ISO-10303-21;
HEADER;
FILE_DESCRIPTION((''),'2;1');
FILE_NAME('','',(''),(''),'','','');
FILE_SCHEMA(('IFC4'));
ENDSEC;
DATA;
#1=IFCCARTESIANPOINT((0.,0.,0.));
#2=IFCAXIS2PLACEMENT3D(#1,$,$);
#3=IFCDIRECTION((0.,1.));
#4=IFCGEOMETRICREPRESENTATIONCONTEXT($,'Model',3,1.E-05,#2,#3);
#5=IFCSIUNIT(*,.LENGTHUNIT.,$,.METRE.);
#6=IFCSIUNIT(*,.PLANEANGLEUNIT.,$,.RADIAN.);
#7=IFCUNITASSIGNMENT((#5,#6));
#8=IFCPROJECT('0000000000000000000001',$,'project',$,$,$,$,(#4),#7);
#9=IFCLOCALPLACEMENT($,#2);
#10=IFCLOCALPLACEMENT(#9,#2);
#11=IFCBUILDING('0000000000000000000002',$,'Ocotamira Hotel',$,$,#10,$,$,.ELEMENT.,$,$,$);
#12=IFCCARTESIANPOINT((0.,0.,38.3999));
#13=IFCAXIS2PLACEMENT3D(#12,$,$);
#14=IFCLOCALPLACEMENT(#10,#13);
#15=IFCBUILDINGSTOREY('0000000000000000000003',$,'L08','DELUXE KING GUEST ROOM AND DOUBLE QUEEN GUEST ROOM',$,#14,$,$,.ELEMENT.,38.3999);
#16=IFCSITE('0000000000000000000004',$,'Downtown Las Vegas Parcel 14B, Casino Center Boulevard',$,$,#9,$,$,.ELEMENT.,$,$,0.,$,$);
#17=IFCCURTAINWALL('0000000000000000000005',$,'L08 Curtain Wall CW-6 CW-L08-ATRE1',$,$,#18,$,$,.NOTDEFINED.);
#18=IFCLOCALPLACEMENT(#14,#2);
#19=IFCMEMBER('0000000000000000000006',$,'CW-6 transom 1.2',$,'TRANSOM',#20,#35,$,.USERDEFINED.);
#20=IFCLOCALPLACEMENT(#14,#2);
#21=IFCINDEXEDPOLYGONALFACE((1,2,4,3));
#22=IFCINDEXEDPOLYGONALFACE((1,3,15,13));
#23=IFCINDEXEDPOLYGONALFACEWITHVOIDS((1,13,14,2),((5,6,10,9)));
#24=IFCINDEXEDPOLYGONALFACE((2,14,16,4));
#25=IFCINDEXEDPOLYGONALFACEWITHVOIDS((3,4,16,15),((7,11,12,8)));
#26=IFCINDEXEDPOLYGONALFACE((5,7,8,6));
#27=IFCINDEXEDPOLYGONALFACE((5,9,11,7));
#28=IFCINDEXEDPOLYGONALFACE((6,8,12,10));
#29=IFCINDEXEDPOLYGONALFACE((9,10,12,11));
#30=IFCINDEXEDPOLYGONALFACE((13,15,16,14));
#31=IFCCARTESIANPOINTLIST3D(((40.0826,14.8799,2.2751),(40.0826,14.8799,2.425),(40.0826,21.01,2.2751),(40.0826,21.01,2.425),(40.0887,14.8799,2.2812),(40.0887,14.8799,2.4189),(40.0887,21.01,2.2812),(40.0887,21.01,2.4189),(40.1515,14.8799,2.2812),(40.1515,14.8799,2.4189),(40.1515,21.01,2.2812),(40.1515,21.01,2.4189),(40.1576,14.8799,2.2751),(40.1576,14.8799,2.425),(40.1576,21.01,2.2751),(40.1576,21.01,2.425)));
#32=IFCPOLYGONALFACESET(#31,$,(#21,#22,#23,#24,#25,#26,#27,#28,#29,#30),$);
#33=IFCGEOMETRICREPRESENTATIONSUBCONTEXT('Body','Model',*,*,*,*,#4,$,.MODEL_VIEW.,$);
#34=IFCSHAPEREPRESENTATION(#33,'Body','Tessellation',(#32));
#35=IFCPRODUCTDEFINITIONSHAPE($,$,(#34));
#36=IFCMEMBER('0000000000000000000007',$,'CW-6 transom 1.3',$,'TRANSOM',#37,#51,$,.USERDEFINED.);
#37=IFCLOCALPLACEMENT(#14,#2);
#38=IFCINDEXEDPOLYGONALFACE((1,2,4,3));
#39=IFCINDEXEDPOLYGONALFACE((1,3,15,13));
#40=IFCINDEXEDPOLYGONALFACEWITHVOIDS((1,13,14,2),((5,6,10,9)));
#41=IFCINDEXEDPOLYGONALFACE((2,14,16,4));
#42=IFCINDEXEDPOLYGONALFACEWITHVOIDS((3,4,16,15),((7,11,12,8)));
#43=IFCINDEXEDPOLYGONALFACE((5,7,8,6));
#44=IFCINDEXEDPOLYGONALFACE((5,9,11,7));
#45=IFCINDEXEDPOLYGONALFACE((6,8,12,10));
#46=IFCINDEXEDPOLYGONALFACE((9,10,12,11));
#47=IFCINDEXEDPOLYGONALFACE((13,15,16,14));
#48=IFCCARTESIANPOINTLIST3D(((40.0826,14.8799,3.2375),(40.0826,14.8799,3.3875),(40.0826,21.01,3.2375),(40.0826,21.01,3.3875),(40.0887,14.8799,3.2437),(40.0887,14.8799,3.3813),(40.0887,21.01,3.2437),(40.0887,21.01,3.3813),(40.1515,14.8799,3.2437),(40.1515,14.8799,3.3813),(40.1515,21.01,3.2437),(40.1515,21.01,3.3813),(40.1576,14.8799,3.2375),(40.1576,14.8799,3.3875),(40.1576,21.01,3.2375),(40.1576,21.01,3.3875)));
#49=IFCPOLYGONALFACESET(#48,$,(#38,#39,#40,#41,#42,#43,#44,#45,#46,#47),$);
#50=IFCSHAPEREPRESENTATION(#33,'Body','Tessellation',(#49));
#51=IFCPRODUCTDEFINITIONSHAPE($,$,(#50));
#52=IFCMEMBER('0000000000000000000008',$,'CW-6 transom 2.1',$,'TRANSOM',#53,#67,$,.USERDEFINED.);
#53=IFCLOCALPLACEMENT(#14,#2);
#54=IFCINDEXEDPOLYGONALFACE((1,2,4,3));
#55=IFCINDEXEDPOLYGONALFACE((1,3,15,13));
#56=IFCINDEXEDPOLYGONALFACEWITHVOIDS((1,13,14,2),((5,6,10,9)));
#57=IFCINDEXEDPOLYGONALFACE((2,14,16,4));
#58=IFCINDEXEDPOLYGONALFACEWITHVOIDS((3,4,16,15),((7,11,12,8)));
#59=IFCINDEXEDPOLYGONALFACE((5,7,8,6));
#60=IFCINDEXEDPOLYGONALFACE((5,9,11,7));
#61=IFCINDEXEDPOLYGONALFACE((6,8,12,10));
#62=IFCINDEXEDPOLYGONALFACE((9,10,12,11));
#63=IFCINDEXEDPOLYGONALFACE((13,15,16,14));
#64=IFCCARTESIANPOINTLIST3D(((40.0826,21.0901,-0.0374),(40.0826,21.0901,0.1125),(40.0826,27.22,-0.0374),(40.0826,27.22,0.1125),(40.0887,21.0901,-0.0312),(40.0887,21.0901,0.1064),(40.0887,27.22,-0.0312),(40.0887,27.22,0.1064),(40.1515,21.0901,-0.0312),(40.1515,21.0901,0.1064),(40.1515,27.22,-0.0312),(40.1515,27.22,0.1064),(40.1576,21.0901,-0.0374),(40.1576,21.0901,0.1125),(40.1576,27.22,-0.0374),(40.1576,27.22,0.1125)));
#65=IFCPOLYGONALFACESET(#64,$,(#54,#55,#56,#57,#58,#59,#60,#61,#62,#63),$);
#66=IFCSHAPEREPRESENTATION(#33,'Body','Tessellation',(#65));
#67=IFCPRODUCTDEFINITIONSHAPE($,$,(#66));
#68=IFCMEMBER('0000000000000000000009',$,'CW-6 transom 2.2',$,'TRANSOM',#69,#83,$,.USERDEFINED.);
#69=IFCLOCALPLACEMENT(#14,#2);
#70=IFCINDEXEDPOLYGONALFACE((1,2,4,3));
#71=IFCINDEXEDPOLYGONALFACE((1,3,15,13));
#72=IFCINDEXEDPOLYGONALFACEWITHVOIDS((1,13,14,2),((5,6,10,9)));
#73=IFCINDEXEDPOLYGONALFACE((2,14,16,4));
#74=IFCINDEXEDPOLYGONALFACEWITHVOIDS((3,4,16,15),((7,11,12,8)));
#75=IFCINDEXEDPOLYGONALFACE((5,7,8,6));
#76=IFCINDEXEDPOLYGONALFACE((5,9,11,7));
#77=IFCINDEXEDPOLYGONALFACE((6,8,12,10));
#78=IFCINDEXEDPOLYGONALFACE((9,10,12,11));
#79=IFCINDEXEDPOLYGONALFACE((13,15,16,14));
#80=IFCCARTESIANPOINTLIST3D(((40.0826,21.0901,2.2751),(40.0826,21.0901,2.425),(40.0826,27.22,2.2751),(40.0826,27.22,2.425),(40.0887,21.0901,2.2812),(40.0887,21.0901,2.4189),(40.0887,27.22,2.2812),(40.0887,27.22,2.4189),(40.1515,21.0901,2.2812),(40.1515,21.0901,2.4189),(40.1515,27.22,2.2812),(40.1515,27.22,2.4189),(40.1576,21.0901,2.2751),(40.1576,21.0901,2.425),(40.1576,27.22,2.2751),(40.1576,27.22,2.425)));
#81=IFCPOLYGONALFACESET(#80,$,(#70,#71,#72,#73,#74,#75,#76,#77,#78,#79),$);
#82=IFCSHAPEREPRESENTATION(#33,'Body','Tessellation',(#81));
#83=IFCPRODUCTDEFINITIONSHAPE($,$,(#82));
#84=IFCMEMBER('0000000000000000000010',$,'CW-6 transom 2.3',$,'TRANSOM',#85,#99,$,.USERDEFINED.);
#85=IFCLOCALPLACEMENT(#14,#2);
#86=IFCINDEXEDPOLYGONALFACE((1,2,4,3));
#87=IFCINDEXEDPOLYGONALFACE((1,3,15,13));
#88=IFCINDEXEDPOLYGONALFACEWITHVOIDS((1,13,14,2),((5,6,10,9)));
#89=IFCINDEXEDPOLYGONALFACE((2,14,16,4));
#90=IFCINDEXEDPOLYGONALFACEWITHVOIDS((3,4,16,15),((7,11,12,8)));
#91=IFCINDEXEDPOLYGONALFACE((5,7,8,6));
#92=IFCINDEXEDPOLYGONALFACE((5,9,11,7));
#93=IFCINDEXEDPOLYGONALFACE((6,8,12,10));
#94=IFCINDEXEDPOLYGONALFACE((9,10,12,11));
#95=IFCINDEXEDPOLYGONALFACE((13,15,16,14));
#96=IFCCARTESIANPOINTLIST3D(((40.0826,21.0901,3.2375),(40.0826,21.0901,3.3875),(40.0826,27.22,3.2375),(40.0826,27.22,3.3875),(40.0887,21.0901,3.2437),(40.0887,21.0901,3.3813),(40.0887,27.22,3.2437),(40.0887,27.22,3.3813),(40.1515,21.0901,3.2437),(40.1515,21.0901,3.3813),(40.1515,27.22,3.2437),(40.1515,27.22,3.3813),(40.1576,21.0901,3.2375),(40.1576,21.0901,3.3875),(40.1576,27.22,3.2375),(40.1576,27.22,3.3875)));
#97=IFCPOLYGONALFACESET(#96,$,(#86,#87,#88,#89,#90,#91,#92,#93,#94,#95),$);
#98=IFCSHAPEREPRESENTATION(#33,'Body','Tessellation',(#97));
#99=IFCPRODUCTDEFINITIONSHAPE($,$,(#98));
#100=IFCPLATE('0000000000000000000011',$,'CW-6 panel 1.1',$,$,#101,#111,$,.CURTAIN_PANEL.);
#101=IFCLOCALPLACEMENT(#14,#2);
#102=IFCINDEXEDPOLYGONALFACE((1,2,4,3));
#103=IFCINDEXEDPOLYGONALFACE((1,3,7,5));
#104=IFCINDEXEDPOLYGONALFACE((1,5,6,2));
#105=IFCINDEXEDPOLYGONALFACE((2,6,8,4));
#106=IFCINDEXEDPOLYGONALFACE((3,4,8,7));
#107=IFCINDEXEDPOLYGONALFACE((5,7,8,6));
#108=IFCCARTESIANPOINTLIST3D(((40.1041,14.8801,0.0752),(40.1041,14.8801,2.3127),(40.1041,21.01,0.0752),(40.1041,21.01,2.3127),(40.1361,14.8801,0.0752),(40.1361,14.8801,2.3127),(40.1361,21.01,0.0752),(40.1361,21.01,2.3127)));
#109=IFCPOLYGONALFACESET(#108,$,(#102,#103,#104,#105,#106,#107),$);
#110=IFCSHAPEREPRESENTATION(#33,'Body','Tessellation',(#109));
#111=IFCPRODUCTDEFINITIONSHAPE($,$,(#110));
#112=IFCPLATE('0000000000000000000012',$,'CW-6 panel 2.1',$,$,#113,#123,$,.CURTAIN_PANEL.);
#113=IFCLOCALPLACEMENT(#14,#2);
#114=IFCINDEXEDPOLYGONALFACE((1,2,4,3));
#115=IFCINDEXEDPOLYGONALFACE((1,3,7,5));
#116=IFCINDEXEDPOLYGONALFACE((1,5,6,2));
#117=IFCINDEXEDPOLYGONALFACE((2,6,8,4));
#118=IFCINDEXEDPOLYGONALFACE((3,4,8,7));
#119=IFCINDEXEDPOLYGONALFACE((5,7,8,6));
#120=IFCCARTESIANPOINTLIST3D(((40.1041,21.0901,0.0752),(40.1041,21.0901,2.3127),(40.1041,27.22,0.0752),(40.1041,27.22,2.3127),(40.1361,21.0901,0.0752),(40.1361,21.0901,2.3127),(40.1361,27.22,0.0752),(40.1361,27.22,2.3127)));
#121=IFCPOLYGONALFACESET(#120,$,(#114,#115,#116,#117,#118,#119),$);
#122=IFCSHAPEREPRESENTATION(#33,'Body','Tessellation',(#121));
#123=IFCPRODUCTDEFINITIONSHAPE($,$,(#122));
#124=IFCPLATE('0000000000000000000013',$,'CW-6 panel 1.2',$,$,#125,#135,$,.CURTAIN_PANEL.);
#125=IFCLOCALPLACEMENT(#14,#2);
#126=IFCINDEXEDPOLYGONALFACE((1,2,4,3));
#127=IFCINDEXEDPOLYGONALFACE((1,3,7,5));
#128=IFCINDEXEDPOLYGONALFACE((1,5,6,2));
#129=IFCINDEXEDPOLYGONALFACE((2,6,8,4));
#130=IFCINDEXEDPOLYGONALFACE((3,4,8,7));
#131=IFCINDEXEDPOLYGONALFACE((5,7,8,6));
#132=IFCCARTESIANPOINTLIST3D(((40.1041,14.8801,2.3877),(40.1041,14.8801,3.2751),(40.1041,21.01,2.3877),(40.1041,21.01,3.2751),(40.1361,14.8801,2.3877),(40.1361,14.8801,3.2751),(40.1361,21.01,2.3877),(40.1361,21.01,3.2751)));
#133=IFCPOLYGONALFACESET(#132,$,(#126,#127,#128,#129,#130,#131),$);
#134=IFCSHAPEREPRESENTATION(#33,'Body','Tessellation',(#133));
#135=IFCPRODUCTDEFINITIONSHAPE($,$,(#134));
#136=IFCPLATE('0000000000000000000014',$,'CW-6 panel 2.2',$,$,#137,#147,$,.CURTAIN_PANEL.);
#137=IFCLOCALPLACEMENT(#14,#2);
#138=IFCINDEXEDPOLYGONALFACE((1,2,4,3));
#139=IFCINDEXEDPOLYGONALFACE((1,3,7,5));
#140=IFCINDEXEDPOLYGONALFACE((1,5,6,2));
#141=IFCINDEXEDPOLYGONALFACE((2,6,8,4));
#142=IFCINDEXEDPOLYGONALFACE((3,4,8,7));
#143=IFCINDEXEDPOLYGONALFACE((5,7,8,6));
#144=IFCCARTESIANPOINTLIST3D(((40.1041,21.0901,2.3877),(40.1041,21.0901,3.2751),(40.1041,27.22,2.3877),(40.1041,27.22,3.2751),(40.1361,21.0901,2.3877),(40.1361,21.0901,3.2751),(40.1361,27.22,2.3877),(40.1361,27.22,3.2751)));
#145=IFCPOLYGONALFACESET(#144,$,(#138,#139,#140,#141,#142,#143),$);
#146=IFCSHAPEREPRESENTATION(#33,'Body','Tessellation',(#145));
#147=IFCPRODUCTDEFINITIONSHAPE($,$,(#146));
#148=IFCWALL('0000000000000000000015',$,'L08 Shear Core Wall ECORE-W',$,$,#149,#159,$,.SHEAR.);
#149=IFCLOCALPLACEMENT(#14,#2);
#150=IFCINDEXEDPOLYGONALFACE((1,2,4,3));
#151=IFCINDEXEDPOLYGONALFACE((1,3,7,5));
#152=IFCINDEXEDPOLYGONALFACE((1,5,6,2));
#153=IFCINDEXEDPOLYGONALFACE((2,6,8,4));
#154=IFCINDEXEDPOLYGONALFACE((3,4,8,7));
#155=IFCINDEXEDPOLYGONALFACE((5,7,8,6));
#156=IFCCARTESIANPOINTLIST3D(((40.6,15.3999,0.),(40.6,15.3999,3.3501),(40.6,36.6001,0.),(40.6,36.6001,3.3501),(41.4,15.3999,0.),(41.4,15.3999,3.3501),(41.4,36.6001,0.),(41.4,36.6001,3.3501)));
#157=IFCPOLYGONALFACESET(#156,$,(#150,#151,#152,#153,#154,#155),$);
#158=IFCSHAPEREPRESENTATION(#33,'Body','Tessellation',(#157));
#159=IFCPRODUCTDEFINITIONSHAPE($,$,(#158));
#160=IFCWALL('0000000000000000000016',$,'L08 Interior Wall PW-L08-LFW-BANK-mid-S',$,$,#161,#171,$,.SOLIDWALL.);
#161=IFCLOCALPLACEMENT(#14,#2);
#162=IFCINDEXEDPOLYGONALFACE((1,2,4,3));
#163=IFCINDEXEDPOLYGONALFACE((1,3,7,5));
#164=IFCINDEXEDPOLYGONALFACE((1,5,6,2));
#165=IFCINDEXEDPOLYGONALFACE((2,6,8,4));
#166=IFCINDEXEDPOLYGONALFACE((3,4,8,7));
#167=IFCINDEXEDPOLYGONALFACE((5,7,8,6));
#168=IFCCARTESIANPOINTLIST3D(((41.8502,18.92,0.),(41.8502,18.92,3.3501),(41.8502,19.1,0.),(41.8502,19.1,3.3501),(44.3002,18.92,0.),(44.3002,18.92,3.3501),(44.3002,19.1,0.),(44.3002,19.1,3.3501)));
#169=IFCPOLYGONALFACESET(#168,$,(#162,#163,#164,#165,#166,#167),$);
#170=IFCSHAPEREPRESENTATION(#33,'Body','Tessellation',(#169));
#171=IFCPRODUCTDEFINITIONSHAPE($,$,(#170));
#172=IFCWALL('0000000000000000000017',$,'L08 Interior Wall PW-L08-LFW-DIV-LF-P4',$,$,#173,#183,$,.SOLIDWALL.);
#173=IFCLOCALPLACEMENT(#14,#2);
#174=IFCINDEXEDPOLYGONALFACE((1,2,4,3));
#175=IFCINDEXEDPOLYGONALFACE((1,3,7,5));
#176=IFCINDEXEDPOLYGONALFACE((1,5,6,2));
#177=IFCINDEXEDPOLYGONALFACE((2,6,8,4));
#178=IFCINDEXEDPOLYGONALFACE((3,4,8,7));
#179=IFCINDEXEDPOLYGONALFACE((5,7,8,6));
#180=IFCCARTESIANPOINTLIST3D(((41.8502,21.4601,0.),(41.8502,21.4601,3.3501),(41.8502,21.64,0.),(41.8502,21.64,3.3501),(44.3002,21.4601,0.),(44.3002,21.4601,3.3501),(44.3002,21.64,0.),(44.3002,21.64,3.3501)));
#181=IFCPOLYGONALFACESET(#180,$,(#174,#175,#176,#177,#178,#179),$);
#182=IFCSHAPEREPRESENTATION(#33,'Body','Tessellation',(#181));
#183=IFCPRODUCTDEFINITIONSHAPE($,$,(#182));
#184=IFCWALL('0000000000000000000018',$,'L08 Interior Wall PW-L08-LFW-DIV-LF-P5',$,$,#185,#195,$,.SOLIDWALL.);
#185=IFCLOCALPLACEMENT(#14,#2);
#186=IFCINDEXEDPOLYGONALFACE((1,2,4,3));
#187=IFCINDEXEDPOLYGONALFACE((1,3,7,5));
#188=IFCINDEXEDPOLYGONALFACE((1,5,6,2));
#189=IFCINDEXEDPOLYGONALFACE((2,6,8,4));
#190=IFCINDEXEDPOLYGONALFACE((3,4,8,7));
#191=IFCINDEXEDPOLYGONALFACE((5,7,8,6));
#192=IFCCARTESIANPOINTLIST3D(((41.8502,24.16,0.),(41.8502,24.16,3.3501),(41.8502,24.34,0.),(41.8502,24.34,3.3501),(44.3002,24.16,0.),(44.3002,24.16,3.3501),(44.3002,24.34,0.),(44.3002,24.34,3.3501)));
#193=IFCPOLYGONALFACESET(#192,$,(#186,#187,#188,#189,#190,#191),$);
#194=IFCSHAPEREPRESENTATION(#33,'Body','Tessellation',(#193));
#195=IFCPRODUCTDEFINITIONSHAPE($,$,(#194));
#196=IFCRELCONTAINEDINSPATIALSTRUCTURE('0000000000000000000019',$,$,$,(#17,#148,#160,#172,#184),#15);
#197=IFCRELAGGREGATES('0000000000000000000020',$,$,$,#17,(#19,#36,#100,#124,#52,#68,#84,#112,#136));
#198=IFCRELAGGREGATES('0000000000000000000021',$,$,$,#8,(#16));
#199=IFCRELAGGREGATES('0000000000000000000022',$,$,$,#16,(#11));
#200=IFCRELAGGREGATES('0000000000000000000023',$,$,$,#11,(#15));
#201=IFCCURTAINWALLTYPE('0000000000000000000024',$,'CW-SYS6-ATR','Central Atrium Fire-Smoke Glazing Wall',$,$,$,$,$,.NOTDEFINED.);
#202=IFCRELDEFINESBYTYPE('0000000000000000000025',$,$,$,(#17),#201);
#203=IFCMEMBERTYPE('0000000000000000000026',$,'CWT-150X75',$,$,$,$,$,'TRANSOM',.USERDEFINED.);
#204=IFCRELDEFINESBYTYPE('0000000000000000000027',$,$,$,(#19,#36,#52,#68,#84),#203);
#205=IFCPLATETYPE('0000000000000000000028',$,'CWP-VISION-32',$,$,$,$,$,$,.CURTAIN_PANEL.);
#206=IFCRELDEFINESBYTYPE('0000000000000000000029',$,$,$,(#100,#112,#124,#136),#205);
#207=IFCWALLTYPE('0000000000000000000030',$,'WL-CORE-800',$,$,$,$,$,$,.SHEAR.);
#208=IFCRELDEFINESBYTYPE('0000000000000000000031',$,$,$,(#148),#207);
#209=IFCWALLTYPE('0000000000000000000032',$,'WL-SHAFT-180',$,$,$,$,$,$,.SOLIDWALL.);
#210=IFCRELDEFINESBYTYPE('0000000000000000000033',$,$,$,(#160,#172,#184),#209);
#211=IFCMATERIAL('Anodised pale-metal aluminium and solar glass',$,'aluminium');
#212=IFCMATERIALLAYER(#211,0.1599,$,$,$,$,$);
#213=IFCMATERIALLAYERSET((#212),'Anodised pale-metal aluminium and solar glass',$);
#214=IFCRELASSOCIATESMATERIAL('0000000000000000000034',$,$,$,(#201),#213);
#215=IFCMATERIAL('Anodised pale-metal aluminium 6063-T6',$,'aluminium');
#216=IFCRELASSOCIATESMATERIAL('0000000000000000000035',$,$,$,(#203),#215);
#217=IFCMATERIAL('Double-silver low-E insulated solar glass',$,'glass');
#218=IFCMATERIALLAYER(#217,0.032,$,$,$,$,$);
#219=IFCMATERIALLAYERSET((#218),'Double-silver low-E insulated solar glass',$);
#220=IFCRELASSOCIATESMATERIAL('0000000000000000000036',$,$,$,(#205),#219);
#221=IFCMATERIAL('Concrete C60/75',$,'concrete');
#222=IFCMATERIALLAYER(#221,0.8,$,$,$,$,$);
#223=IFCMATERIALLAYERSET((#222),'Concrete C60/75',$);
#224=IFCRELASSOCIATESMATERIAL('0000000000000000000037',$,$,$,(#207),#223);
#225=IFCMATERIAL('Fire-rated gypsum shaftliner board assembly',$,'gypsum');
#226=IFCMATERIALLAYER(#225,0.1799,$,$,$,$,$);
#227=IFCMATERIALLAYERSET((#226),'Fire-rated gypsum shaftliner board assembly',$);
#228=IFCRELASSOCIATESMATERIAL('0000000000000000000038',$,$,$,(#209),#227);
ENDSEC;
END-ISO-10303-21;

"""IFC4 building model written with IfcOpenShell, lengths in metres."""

from ifc_helpers import new_model, si_unit, direction, frame, frame_2d, origin, origin_2d, place, context, subcontext, project, spatial, rectangle, hollow_rectangle, extrude, source, transform, mapped, material, layer, layer_set, material_profile, profile_set, type_object, element, aggregate, save


model = new_model("IFC4")

# Units and contexts
model_context = context("Model", 3, precision=1e-05, world=origin(), true_north=direction((0.0, 1.0)))
body_context = subcontext(model_context, "Body", "Model", "MODEL_VIEW")
ifc_project = project(units=[si_unit("LENGTHUNIT", "METRE"), si_unit("PLANEANGLEUNIT", "RADIAN")], contexts=[model_context])

# Site, building, storey
site_placement = place(None, origin())
site = spatial("IfcSite", under=ifc_project, at=site_placement, Name="Downtown Las Vegas Parcel 14B, Casino Center Boulevard", CompositionType="ELEMENT", RefElevation=0.0)
building_placement = place(site_placement, origin())
building = spatial("IfcBuilding", under=site, at=building_placement, Name="Ocotamira Hotel", CompositionType="ELEMENT")
storey_placement = place(building_placement, frame((0.0, 0.0, 38.3999)))
storey = spatial("IfcBuildingStorey", under=building, at=storey_placement, Name="L08", Description="DELUXE KING GUEST ROOM AND DOUBLE QUEEN GUEST ROOM", CompositionType="ELEMENT", Elevation=38.3999)

# Curtain wall, members, plates
ifc_material_1 = material(Name="Anodised pale-metal aluminium and solar glass", Category="aluminium")
ifc_layer_1 = layer(ifc_material_1, 0.1599)
ifc_layer_set_1 = layer_set([ifc_layer_1], Name="Anodised pale-metal aluminium and solar glass")
curtain_wall_type = type_object("IfcCurtainWallType", Name="CW-SYS6-ATR", Description="Central Atrium Fire-Smoke Glazing Wall", PredefinedType="NOTDEFINED", material=ifc_layer_set_1)
curtain_wall_placement = place(storey_placement, origin())
curtain_wall = element("IfcCurtainWall", 1, at=curtain_wall_placement, inside=storey, type_object=curtain_wall_type, Name="L08 Curtain Wall CW-6 CW-L08-ATRE1", PredefinedType="NOTDEFINED")
ifc_material_2 = material(Name="Anodised pale-metal aluminium 6063-T6", Category="aluminium")
ifc_material_profile_1 = material_profile(ifc_material_2, hollow_rectangle(XDim=0.075, YDim=0.1499, WallThickness=0.0061, at=origin_2d()), Name="HSS150X75X6")
ifc_profile_set_1 = profile_set([ifc_material_profile_1], Name="Anodised pale-metal aluminium 6063-T6")
member_type_1 = type_object("IfcMemberType", Name="CWT-150X75", ElementType="TRANSOM", PredefinedType="USERDEFINED", material=ifc_profile_set_1)
shared_shape_1 = source(origin(), body_context, "Body", "SweptSolid", [
    extrude(hollow_rectangle(XDim=0.075, YDim=0.1499, WallThickness=0.0061, at=origin_2d()), origin(), (0.0, 0.0, 1.0), 6.1301),
])
member_1_placement = place(storey_placement, frame((40.1201, 14.8799, 2.3501), z_axis=(0.0, 1.0, 0.0), x_axis=(-1.0, 0.0, 0.0)))
member_1 = element("IfcMember", 2, at=member_1_placement, type_object=member_type_1, Name="CW-6 transom 1.2", ObjectType="TRANSOM", PredefinedType="USERDEFINED", context=body_context, shape_type="MappedRepresentation", body=[
    mapped(shared_shape_1, transform((0.0, 0.0, 0.0), scale=1.0)),
])
member_2_placement = place(storey_placement, frame((40.1201, 14.8799, 3.3125), z_axis=(0.0, 1.0, 0.0), x_axis=(-1.0, 0.0, 0.0)))
member_2 = element("IfcMember", 3, at=member_2_placement, type_object=member_type_1, Name="CW-6 transom 1.3", ObjectType="TRANSOM", PredefinedType="USERDEFINED", context=body_context, shape_type="MappedRepresentation", body=[
    mapped(shared_shape_1, transform((0.0, 0.0, 0.0), scale=1.0)),
])
shared_shape_2 = source(origin(), body_context, "Body", "SweptSolid", [
    extrude(hollow_rectangle(XDim=0.075, YDim=0.1499, WallThickness=0.0061, at=origin_2d()), origin(), (0.0, 0.0, 1.0), 6.1299),
])
member_3_placement = place(storey_placement, frame((40.1201, 21.0901, 0.0376), z_axis=(0.0, 1.0, 0.0), x_axis=(-1.0, 0.0, 0.0)))
member_3 = element("IfcMember", 4, at=member_3_placement, type_object=member_type_1, Name="CW-6 transom 2.1", ObjectType="TRANSOM", PredefinedType="USERDEFINED", context=body_context, shape_type="MappedRepresentation", body=[
    mapped(shared_shape_2, transform((0.0, 0.0, 0.0), scale=1.0)),
])
member_4_placement = place(storey_placement, frame((40.1201, 21.0901, 2.3501), z_axis=(0.0, 1.0, 0.0), x_axis=(-1.0, 0.0, 0.0)))
member_4 = element("IfcMember", 5, at=member_4_placement, type_object=member_type_1, Name="CW-6 transom 2.2", ObjectType="TRANSOM", PredefinedType="USERDEFINED", context=body_context, shape_type="MappedRepresentation", body=[
    mapped(shared_shape_2, transform((0.0, 0.0, 0.0), scale=1.0)),
])
member_5_placement = place(storey_placement, frame((40.1201, 21.0901, 3.3125), z_axis=(0.0, 1.0, 0.0), x_axis=(-1.0, 0.0, 0.0)))
member_5 = element("IfcMember", 6, at=member_5_placement, type_object=member_type_1, Name="CW-6 transom 2.3", ObjectType="TRANSOM", PredefinedType="USERDEFINED", context=body_context, shape_type="MappedRepresentation", body=[
    mapped(shared_shape_2, transform((0.0, 0.0, 0.0), scale=1.0)),
])
ifc_material_3 = material(Name="Double-silver low-E insulated solar glass", Category="glass")
ifc_layer_2 = layer(ifc_material_3, 0.032)
ifc_layer_set_2 = layer_set([ifc_layer_2], Name="Double-silver low-E insulated solar glass")
plate_type = type_object("IfcPlateType", Name="CWP-VISION-32", PredefinedType="CURTAIN_PANEL", material=ifc_layer_set_2)
shared_shape_3 = source(origin(), body_context, "Body", "SweptSolid", [
    extrude(rectangle(XDim=6.1299, YDim=0.032, at=origin_2d()), origin(), (0.0, 0.0, 1.0), 2.2375),
])
plate_1_placement = place(storey_placement, frame((40.1201, 17.9451, 0.0752), z_axis=(0.0, 0.0, 1.0), x_axis=(0.0, 1.0, 0.0)))
plate_1 = element("IfcPlate", 7, at=plate_1_placement, type_object=plate_type, Name="CW-6 panel 1.1", PredefinedType="CURTAIN_PANEL", context=body_context, shape_type="MappedRepresentation", body=[
    mapped(shared_shape_3, transform((0.0, 0.0, 0.0), scale=1.0)),
])
plate_2_placement = place(storey_placement, frame((40.1201, 24.155, 0.0752), z_axis=(0.0, 0.0, 1.0), x_axis=(0.0, 1.0, 0.0)))
plate_2 = element("IfcPlate", 8, at=plate_2_placement, type_object=plate_type, Name="CW-6 panel 2.1", PredefinedType="CURTAIN_PANEL", context=body_context, shape_type="MappedRepresentation", body=[
    mapped(shared_shape_3, transform((0.0, 0.0, 0.0), scale=1.0)),
])
shared_shape_4 = source(origin(), body_context, "Body", "SweptSolid", [
    extrude(rectangle(XDim=6.1299, YDim=0.032, at=origin_2d()), origin(), (0.0, 0.0, 1.0), 0.8875),
])
plate_3_placement = place(storey_placement, frame((40.1201, 17.9451, 2.3877), z_axis=(0.0, 0.0, 1.0), x_axis=(0.0, 1.0, 0.0)))
plate_3 = element("IfcPlate", 9, at=plate_3_placement, type_object=plate_type, Name="CW-6 panel 1.2", PredefinedType="CURTAIN_PANEL", context=body_context, shape_type="MappedRepresentation", body=[
    mapped(shared_shape_4, transform((0.0, 0.0, 0.0), scale=1.0)),
])
plate_4_placement = place(storey_placement, frame((40.1201, 24.155, 2.3877), z_axis=(0.0, 0.0, 1.0), x_axis=(0.0, 1.0, 0.0)))
plate_4 = element("IfcPlate", 10, at=plate_4_placement, type_object=plate_type, Name="CW-6 panel 2.2", PredefinedType="CURTAIN_PANEL", context=body_context, shape_type="MappedRepresentation", body=[
    mapped(shared_shape_4, transform((0.0, 0.0, 0.0), scale=1.0)),
])
aggregate(curtain_wall, [member_1, member_2, plate_1, plate_3, member_3, member_4, member_5, plate_2, plate_4])

# Shared definitions
ifc_material_4 = material(Name="Concrete C60/75", Category="concrete")
ifc_layer_3 = layer(ifc_material_4, 0.8)
ifc_layer_set_3 = layer_set([ifc_layer_3], Name="Concrete C60/75")
wall_type_1 = type_object("IfcWallType", Name="WL-CORE-800", PredefinedType="SHEAR", material=ifc_layer_set_3)

# Walls
wall_1_placement = place(storey_placement, frame((41.0, 15.3999, 0.0), z_axis=(0.0, 0.0, 1.0), x_axis=(0.0, 1.0, 0.0)))
element("IfcWall", 11, at=wall_1_placement, inside=storey, type_object=wall_type_1, Name="L08 Shear Core Wall ECORE-W", PredefinedType="SHEAR", context=body_context, shape_type="SweptSolid", body=[
    extrude(rectangle(XDim=21.2002, YDim=0.8, at=frame_2d((10.6001, 0.0))), origin(), (0.0, 0.0, 1.0), 3.3501),
])
ifc_material_5 = material(Name="Fire-rated gypsum shaftliner board assembly", Category="gypsum")
ifc_layer_4 = layer(ifc_material_5, 0.1799)
ifc_layer_set_4 = layer_set([ifc_layer_4], Name="Fire-rated gypsum shaftliner board assembly")
wall_type_2 = type_object("IfcWallType", Name="WL-SHAFT-180", PredefinedType="SOLIDWALL", material=ifc_layer_set_4)
for number, where, z_axis, x_axis, name in (
    (12, (41.8501, 19.01, 0.0), (0.0, 0.0, 1.0), (1.0, 0.0, 0.0), "L08 Interior Wall PW-L08-LFW-BANK-mid-S"),
    (13, (41.8501, 21.55, 0.0), (0.0, 0.0, 1.0), (1.0, 0.0, 0.0), "L08 Interior Wall PW-L08-LFW-DIV-LF-P4"),
    (14, (41.8501, 24.25, 0.0), (0.0, 0.0, 1.0), (1.0, 0.0, 0.0), "L08 Interior Wall PW-L08-LFW-DIV-LF-P5"),
):
    element("IfcWall", number, at=place(storey_placement, frame(where, z_axis=z_axis, x_axis=x_axis)), inside=storey, type_object=wall_type_2, Name=name, PredefinedType="SOLIDWALL", context=body_context, shape_type="SweptSolid", body=[
        extrude(rectangle(XDim=2.45, YDim=0.1799, at=frame_2d((1.2251, 0.0))), origin(), (0.0, 0.0, 1.0), 3.3501),
    ])

save(model, "model.ifc")
